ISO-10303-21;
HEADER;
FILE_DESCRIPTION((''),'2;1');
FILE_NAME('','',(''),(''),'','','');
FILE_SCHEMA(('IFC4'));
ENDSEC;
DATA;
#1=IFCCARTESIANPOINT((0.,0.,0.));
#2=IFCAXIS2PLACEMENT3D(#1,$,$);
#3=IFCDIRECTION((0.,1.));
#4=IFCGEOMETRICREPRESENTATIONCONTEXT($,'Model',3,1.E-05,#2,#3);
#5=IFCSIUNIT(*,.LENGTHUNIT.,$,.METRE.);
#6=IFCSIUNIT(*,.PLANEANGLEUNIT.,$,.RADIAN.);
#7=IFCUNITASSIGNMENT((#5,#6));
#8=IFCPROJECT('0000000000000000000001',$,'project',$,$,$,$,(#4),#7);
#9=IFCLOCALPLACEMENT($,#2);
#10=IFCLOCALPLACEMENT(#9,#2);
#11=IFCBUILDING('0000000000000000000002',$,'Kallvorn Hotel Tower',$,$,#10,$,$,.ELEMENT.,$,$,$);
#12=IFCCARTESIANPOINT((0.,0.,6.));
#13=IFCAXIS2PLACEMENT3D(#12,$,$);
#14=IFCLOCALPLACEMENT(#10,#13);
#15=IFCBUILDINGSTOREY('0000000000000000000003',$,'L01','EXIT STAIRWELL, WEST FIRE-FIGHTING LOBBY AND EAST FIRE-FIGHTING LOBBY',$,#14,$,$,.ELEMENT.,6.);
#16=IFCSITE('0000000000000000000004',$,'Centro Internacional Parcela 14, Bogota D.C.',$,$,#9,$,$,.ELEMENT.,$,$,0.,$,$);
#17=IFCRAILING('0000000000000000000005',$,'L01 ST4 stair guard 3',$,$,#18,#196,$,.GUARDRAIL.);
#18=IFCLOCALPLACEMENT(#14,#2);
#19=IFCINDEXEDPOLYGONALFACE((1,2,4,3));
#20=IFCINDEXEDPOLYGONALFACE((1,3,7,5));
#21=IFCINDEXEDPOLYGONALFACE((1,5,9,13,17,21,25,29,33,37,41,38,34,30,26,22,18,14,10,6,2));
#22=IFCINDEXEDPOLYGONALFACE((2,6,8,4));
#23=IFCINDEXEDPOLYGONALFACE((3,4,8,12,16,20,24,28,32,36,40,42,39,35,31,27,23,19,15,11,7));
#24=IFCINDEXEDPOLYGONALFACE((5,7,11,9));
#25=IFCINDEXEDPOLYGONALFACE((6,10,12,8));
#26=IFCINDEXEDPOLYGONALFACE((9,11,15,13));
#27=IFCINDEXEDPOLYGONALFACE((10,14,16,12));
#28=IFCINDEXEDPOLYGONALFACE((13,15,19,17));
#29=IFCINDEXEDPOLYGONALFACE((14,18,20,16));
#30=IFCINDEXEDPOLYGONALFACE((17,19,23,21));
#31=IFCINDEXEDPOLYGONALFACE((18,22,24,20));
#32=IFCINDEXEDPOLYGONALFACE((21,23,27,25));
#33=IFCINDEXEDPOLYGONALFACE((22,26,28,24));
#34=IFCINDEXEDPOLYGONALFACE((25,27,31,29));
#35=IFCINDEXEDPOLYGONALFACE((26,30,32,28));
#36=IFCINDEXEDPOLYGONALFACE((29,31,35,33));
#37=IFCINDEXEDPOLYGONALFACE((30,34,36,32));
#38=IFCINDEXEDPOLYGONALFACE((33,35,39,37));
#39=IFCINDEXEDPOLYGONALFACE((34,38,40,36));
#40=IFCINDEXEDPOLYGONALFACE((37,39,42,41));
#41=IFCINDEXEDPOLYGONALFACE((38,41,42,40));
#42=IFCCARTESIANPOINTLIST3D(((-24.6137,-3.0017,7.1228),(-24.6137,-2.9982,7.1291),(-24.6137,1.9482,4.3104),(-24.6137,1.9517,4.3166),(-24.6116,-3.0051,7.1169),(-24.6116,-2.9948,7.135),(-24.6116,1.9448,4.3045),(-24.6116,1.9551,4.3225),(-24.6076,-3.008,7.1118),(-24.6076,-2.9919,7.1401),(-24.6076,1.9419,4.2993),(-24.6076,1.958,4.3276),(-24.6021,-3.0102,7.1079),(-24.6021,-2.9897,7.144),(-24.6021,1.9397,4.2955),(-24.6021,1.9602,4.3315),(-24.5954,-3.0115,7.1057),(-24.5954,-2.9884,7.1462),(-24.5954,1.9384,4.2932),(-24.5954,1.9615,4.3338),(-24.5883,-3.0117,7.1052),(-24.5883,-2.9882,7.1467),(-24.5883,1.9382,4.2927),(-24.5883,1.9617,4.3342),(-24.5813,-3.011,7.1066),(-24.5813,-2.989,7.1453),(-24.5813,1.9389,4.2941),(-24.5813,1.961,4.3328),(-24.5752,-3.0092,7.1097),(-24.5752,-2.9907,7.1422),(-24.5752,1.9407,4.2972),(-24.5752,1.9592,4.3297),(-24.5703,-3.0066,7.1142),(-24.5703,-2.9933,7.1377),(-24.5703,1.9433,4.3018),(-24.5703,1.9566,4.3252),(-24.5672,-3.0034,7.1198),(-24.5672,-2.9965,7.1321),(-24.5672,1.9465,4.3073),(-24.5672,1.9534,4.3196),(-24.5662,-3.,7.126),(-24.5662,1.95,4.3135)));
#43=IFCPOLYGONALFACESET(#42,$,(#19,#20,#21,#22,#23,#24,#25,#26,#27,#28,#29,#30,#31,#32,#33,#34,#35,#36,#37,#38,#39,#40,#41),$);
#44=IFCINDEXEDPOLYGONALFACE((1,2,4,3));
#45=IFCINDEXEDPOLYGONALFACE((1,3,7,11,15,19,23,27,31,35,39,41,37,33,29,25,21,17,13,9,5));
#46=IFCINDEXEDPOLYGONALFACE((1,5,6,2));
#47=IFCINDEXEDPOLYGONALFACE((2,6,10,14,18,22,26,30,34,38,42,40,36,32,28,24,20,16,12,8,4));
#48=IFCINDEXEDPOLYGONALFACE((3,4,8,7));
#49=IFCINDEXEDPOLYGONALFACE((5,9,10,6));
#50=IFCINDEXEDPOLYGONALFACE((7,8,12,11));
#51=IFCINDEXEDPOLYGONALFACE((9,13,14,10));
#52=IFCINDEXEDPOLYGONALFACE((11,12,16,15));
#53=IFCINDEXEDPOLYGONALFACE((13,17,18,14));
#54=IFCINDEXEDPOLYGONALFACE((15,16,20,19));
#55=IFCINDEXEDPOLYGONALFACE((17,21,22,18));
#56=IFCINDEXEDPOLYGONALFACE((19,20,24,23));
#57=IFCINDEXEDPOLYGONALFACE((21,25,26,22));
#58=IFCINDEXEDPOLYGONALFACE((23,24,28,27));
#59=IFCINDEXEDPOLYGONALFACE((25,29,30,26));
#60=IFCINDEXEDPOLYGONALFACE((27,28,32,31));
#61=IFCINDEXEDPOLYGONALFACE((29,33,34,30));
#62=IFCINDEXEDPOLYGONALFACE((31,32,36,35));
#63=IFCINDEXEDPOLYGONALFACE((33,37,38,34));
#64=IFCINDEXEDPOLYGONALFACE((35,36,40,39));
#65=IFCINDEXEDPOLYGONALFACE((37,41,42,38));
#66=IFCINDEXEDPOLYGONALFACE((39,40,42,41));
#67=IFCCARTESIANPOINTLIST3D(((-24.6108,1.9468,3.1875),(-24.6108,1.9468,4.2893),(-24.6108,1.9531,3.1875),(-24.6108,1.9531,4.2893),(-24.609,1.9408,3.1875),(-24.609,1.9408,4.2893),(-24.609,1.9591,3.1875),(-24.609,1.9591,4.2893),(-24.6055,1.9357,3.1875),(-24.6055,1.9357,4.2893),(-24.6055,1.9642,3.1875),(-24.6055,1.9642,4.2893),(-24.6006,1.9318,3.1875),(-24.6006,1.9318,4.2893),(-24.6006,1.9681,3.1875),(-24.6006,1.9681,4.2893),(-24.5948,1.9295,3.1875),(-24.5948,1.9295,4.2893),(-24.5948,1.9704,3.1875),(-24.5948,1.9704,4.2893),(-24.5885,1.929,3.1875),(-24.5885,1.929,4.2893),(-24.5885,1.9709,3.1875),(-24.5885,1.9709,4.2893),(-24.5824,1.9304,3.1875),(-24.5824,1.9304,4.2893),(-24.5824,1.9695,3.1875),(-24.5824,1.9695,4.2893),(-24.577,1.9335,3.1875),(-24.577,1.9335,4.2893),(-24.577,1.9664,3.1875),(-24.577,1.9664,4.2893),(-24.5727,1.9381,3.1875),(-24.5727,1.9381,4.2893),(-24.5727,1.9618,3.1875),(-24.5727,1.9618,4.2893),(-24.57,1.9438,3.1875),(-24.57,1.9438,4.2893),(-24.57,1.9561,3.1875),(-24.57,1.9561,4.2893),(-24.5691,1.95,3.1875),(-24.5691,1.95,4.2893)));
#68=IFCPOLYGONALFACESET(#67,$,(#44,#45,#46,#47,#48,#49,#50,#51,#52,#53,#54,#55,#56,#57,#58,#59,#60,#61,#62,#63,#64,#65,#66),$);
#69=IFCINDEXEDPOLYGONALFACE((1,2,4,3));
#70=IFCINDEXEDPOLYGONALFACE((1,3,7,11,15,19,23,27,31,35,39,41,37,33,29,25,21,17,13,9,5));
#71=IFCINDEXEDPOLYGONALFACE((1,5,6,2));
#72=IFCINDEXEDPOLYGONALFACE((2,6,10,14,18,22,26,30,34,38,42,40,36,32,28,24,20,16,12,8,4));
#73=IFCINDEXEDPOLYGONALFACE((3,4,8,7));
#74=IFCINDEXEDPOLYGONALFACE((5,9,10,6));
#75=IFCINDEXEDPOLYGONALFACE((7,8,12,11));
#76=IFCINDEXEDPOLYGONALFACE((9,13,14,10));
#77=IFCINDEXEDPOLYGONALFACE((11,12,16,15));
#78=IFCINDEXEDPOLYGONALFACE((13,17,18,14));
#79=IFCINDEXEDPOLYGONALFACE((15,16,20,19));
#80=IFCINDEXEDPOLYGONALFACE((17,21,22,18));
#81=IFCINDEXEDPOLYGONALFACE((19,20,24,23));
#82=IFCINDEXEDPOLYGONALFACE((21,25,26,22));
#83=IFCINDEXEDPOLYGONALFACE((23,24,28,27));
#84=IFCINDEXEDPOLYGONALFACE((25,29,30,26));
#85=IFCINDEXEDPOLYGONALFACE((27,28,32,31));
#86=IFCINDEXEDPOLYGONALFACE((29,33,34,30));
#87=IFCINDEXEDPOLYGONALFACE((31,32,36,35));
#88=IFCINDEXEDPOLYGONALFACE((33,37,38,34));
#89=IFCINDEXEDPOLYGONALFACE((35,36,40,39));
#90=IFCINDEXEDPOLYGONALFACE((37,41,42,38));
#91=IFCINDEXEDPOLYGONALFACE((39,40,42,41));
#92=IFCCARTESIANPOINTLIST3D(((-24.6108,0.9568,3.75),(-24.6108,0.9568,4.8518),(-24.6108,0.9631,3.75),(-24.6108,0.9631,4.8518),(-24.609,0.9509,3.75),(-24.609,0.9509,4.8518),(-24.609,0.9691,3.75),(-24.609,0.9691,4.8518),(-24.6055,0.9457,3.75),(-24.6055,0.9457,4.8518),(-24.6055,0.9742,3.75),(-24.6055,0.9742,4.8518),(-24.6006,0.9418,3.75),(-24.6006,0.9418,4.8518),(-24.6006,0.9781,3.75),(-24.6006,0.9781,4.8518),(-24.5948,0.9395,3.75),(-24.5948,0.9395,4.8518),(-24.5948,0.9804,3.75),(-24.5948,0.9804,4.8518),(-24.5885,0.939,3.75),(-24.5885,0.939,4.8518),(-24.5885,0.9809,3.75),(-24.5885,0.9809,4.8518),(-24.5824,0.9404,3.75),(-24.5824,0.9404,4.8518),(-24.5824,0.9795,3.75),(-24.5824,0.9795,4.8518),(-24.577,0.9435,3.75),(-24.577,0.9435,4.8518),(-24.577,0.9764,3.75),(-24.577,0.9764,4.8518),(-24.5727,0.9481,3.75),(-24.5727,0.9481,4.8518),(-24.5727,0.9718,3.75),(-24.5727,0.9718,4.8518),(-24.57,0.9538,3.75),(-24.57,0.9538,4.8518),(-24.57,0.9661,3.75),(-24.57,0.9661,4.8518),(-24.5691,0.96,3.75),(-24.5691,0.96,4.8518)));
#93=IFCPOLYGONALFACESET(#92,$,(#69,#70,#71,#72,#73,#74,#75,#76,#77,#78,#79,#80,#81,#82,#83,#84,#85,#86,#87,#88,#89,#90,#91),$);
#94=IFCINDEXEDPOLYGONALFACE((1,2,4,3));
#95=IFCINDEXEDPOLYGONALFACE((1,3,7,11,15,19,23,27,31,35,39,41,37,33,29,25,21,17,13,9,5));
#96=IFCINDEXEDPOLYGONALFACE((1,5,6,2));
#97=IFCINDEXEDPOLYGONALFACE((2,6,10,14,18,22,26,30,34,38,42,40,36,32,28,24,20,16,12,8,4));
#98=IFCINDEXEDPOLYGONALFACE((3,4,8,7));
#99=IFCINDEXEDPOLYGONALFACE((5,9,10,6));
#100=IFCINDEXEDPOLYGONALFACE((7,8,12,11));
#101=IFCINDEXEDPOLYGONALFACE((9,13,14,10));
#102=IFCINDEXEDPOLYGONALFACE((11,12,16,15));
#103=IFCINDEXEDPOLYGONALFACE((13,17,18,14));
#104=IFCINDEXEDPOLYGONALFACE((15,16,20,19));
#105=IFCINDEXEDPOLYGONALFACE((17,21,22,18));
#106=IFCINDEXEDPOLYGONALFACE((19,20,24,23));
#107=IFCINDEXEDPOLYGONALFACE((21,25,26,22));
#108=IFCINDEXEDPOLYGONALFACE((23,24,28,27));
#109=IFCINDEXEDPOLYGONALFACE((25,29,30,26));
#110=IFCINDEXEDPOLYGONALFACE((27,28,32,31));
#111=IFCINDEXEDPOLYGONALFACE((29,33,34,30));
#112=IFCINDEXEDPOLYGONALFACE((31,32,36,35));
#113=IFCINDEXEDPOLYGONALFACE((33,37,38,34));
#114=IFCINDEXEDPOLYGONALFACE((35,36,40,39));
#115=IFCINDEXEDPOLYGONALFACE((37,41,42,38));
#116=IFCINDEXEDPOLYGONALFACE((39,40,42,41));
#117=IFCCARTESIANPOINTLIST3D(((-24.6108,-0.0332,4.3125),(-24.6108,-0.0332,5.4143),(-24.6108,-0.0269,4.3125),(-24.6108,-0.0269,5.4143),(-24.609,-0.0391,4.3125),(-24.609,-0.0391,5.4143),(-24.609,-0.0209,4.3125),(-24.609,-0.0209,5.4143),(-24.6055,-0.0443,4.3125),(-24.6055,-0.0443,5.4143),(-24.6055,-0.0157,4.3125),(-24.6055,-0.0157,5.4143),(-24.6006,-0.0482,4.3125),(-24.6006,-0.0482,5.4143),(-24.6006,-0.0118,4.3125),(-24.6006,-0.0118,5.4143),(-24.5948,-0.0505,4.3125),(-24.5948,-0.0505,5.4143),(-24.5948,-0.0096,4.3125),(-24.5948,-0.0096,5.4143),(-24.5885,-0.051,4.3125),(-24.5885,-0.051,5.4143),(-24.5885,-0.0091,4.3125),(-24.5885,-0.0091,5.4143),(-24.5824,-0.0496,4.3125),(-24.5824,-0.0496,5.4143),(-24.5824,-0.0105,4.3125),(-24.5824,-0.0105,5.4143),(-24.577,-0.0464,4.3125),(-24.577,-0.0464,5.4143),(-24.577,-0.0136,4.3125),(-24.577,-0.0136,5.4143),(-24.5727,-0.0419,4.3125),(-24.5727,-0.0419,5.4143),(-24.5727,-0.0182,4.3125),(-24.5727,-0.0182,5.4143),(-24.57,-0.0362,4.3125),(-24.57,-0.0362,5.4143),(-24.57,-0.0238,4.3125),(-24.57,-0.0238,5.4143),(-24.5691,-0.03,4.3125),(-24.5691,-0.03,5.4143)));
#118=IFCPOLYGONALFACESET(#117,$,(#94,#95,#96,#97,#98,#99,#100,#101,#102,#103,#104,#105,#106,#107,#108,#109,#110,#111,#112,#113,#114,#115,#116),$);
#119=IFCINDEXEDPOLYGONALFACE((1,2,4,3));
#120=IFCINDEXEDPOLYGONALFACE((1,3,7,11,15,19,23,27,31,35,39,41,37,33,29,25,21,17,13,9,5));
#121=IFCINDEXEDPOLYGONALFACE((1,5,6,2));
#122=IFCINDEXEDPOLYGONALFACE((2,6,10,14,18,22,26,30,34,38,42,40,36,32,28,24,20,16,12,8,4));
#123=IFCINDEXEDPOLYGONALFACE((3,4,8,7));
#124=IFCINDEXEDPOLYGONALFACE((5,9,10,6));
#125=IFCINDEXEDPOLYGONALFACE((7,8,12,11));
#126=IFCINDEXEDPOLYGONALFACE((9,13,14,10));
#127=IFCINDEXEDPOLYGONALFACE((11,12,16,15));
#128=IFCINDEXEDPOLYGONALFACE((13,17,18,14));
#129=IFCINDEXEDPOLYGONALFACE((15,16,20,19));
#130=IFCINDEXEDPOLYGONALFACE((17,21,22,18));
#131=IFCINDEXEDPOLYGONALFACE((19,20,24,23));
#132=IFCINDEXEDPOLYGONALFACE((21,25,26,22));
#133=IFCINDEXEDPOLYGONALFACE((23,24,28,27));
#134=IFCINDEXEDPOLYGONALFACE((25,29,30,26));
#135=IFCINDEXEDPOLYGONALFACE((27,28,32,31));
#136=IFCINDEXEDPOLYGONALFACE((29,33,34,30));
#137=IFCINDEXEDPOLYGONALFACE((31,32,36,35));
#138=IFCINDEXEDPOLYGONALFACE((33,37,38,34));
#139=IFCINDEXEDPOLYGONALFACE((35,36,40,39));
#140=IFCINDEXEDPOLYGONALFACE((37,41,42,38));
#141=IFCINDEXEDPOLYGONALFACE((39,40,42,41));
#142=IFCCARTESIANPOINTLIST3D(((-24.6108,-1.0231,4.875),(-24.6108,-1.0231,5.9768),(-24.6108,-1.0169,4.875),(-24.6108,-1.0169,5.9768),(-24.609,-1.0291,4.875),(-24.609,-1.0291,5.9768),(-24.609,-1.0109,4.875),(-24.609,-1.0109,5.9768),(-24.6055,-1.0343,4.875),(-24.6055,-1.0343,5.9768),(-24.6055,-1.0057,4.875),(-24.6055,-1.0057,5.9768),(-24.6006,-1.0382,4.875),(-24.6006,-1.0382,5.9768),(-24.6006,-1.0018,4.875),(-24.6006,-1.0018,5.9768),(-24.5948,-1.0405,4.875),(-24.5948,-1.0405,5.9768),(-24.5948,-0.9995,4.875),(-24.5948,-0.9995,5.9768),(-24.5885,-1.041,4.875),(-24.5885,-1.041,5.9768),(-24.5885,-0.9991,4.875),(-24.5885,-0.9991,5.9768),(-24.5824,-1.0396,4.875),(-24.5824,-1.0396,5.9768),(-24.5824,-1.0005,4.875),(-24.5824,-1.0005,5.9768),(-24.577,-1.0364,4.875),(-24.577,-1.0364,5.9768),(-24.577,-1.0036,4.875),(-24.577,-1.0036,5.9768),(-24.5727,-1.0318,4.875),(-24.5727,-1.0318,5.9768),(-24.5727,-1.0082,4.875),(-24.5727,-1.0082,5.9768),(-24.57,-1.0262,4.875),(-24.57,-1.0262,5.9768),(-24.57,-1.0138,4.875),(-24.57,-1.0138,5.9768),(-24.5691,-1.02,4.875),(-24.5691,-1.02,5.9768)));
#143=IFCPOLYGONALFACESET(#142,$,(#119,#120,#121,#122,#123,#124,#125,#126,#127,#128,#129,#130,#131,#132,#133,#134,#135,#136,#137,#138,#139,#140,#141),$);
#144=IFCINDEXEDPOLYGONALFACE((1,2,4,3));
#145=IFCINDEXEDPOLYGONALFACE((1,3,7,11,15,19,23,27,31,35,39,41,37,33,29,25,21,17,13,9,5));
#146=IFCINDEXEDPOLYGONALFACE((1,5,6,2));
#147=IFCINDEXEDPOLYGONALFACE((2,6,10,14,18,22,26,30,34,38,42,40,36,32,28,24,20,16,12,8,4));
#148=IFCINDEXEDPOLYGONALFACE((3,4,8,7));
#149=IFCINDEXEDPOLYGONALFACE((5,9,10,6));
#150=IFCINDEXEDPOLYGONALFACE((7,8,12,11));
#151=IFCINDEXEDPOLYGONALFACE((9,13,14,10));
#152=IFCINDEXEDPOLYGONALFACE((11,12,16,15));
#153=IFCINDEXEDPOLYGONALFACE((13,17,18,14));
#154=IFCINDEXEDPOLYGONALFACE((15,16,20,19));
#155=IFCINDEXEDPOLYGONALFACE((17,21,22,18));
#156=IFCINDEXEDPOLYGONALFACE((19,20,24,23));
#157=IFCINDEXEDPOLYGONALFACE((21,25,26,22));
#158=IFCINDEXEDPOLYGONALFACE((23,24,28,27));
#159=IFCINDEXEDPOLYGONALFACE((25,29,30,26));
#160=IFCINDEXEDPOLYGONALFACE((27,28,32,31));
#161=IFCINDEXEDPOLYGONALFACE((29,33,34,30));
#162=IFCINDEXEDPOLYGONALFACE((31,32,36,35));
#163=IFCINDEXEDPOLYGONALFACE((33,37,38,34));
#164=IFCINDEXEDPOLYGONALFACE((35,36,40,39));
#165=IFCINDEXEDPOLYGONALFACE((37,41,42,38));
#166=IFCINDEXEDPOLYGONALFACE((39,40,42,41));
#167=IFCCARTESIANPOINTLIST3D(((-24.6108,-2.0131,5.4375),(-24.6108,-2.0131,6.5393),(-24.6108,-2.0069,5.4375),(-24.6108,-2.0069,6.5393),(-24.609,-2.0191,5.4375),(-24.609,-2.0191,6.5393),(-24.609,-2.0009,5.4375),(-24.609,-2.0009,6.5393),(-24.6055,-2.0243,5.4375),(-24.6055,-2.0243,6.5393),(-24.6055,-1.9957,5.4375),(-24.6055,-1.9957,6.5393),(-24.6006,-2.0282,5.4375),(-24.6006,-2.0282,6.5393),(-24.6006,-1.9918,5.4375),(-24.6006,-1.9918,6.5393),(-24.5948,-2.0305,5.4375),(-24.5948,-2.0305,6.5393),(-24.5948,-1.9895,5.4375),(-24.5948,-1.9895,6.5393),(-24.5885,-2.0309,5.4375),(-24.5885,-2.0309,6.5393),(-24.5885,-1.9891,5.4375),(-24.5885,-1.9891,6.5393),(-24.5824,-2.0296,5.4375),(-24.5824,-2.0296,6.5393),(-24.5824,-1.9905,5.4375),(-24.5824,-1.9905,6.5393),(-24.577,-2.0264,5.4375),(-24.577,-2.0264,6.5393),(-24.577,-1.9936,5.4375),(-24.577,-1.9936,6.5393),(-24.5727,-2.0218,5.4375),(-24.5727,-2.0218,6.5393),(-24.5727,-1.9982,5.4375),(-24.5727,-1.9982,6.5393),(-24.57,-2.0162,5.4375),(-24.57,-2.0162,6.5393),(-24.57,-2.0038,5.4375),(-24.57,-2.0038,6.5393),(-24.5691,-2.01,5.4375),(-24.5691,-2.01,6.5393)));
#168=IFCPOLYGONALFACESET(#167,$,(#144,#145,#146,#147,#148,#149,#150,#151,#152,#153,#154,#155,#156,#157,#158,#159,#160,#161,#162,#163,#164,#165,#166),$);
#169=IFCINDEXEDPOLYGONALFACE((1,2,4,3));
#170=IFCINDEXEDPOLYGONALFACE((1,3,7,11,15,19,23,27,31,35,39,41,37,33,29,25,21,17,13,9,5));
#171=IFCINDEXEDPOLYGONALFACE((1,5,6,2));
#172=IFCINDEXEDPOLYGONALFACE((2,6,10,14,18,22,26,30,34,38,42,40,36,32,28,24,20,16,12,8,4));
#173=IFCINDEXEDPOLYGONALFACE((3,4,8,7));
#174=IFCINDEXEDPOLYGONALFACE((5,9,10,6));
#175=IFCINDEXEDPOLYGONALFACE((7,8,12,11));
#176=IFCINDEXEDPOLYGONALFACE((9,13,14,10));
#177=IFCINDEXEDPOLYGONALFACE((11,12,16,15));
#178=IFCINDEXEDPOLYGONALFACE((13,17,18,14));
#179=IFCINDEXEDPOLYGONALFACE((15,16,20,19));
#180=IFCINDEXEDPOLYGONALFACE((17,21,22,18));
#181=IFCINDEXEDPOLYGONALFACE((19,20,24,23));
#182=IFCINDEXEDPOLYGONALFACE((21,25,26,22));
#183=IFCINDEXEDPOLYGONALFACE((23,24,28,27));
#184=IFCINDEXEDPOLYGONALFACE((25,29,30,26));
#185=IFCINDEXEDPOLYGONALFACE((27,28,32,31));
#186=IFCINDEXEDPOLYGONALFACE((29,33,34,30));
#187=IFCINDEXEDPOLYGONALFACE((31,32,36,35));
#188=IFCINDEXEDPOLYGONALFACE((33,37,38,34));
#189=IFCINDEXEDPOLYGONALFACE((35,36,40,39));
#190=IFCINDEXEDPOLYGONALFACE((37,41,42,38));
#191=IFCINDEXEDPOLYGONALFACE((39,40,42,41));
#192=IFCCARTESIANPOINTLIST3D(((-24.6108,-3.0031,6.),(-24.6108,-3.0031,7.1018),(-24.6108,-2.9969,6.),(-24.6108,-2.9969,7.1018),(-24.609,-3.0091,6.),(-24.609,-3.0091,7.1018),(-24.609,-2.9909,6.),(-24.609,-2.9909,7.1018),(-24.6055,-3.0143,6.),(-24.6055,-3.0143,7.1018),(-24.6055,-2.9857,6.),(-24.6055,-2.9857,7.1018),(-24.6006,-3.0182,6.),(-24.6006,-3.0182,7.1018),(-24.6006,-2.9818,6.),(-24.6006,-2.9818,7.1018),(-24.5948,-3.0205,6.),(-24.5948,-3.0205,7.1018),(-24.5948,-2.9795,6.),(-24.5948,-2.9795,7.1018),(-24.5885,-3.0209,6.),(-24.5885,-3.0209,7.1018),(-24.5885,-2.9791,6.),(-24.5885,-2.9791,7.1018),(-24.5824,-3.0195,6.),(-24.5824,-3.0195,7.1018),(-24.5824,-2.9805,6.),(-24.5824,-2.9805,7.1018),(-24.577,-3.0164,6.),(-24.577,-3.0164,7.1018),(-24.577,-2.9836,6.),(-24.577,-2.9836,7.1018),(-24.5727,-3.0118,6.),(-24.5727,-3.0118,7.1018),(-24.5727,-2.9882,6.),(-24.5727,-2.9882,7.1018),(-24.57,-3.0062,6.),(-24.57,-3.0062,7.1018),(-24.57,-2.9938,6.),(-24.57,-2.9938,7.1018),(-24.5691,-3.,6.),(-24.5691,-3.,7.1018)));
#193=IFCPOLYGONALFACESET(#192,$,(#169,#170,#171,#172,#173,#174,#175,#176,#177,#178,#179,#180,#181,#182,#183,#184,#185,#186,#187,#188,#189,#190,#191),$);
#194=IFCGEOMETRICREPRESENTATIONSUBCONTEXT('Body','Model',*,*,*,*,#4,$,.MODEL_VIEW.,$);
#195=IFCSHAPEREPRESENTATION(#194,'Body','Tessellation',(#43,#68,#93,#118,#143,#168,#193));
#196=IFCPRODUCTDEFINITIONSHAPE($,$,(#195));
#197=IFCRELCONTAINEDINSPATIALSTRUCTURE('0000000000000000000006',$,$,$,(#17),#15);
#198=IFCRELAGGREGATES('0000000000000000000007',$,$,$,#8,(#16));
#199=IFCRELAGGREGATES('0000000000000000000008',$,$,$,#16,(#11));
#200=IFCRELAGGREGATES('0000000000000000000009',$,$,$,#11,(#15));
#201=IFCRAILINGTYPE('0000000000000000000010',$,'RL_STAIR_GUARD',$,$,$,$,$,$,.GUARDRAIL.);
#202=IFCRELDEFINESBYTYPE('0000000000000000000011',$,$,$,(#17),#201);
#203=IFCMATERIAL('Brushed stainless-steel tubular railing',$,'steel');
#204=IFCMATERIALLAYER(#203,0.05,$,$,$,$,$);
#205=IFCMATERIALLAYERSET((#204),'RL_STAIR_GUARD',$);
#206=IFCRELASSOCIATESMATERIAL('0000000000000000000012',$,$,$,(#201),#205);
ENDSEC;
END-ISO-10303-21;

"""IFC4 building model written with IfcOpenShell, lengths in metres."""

from ifc_helpers import new_model, si_unit, direction, frame, origin, origin_2d, place, context, subcontext, project, spatial, circle, extrude, material, layer, layer_set, type_object, element, save


model = new_model("IFC4")

# Units and contexts
model_context = context("Model", 3, precision=1e-05, world=origin(), true_north=direction((0.0, 1.0)))
body_context = subcontext(model_context, "Body", "Model", "MODEL_VIEW")
ifc_project = project(units=[si_unit("LENGTHUNIT", "METRE"), si_unit("PLANEANGLEUNIT", "RADIAN")], contexts=[model_context])

# Site, building, storey
site_placement = place(None, origin())
site = spatial("IfcSite", under=ifc_project, at=site_placement, Name="Centro Internacional Parcela 14, Bogota D.C.", CompositionType="ELEMENT", RefElevation=0.0)
building_placement = place(site_placement, origin())
building = spatial("IfcBuilding", under=site, at=building_placement, Name="Kallvorn Hotel Tower", CompositionType="ELEMENT")
storey_placement = place(building_placement, frame((0.0, 0.0, 6.0)))
storey = spatial("IfcBuildingStorey", under=building, at=storey_placement, Name="L01", Description="EXIT STAIRWELL, WEST FIRE-FIGHTING LOBBY AND EAST FIRE-FIGHTING LOBBY", CompositionType="ELEMENT", Elevation=6.0)

# Railing
ifc_material_1 = material(Name="Brushed stainless-steel tubular railing", Category="steel")
ifc_layer_1 = layer(ifc_material_1, 0.05)
ifc_layer_set_1 = layer_set([ifc_layer_1], Name="RL_STAIR_GUARD")
railing_type_1 = type_object("IfcRailingType", Name="RL_STAIR_GUARD", PredefinedType="GUARDRAIL", material=ifc_layer_set_1)
railing_1_placement = place(storey_placement, frame((-24.5901, 1.95, 3.1875)))
element("IfcRailing", 1, at=railing_1_placement, inside=storey, type_object=railing_type_1, Name="L01 ST4 stair guard 3", PredefinedType="GUARDRAIL", context=body_context, shape_type="SweptSolid", body=[
    extrude(circle(Radius=0.0239, at=origin_2d()), frame((0.0, 0.0, 1.126), z_axis=(0.0, -0.869454, 0.494013), x_axis=(1.0, 0.0, 0.0)), (0.0, 0.0, 1.0), 5.6931),
    extrude(circle(Radius=0.021, at=origin_2d()), origin(), (0.0, 0.0, 1.0), 1.1018),
    extrude(circle(Radius=0.021, at=origin_2d()), frame((0.0, -0.99, 0.5625)), (0.0, 0.0, 1.0), 1.1018),
    extrude(circle(Radius=0.021, at=origin_2d()), frame((0.0, -1.98, 1.125)), (0.0, 0.0, 1.0), 1.1018),
    extrude(circle(Radius=0.021, at=origin_2d()), frame((0.0, -2.97, 1.6875)), (0.0, 0.0, 1.0), 1.1018),
    extrude(circle(Radius=0.021, at=origin_2d()), frame((0.0, -3.96, 2.25)), (0.0, 0.0, 1.0), 1.1018),
    extrude(circle(Radius=0.021, at=origin_2d()), frame((0.0, -4.95, 2.8125)), (0.0, 0.0, 1.0), 1.1018),
])

save(model, "model.ifc")
